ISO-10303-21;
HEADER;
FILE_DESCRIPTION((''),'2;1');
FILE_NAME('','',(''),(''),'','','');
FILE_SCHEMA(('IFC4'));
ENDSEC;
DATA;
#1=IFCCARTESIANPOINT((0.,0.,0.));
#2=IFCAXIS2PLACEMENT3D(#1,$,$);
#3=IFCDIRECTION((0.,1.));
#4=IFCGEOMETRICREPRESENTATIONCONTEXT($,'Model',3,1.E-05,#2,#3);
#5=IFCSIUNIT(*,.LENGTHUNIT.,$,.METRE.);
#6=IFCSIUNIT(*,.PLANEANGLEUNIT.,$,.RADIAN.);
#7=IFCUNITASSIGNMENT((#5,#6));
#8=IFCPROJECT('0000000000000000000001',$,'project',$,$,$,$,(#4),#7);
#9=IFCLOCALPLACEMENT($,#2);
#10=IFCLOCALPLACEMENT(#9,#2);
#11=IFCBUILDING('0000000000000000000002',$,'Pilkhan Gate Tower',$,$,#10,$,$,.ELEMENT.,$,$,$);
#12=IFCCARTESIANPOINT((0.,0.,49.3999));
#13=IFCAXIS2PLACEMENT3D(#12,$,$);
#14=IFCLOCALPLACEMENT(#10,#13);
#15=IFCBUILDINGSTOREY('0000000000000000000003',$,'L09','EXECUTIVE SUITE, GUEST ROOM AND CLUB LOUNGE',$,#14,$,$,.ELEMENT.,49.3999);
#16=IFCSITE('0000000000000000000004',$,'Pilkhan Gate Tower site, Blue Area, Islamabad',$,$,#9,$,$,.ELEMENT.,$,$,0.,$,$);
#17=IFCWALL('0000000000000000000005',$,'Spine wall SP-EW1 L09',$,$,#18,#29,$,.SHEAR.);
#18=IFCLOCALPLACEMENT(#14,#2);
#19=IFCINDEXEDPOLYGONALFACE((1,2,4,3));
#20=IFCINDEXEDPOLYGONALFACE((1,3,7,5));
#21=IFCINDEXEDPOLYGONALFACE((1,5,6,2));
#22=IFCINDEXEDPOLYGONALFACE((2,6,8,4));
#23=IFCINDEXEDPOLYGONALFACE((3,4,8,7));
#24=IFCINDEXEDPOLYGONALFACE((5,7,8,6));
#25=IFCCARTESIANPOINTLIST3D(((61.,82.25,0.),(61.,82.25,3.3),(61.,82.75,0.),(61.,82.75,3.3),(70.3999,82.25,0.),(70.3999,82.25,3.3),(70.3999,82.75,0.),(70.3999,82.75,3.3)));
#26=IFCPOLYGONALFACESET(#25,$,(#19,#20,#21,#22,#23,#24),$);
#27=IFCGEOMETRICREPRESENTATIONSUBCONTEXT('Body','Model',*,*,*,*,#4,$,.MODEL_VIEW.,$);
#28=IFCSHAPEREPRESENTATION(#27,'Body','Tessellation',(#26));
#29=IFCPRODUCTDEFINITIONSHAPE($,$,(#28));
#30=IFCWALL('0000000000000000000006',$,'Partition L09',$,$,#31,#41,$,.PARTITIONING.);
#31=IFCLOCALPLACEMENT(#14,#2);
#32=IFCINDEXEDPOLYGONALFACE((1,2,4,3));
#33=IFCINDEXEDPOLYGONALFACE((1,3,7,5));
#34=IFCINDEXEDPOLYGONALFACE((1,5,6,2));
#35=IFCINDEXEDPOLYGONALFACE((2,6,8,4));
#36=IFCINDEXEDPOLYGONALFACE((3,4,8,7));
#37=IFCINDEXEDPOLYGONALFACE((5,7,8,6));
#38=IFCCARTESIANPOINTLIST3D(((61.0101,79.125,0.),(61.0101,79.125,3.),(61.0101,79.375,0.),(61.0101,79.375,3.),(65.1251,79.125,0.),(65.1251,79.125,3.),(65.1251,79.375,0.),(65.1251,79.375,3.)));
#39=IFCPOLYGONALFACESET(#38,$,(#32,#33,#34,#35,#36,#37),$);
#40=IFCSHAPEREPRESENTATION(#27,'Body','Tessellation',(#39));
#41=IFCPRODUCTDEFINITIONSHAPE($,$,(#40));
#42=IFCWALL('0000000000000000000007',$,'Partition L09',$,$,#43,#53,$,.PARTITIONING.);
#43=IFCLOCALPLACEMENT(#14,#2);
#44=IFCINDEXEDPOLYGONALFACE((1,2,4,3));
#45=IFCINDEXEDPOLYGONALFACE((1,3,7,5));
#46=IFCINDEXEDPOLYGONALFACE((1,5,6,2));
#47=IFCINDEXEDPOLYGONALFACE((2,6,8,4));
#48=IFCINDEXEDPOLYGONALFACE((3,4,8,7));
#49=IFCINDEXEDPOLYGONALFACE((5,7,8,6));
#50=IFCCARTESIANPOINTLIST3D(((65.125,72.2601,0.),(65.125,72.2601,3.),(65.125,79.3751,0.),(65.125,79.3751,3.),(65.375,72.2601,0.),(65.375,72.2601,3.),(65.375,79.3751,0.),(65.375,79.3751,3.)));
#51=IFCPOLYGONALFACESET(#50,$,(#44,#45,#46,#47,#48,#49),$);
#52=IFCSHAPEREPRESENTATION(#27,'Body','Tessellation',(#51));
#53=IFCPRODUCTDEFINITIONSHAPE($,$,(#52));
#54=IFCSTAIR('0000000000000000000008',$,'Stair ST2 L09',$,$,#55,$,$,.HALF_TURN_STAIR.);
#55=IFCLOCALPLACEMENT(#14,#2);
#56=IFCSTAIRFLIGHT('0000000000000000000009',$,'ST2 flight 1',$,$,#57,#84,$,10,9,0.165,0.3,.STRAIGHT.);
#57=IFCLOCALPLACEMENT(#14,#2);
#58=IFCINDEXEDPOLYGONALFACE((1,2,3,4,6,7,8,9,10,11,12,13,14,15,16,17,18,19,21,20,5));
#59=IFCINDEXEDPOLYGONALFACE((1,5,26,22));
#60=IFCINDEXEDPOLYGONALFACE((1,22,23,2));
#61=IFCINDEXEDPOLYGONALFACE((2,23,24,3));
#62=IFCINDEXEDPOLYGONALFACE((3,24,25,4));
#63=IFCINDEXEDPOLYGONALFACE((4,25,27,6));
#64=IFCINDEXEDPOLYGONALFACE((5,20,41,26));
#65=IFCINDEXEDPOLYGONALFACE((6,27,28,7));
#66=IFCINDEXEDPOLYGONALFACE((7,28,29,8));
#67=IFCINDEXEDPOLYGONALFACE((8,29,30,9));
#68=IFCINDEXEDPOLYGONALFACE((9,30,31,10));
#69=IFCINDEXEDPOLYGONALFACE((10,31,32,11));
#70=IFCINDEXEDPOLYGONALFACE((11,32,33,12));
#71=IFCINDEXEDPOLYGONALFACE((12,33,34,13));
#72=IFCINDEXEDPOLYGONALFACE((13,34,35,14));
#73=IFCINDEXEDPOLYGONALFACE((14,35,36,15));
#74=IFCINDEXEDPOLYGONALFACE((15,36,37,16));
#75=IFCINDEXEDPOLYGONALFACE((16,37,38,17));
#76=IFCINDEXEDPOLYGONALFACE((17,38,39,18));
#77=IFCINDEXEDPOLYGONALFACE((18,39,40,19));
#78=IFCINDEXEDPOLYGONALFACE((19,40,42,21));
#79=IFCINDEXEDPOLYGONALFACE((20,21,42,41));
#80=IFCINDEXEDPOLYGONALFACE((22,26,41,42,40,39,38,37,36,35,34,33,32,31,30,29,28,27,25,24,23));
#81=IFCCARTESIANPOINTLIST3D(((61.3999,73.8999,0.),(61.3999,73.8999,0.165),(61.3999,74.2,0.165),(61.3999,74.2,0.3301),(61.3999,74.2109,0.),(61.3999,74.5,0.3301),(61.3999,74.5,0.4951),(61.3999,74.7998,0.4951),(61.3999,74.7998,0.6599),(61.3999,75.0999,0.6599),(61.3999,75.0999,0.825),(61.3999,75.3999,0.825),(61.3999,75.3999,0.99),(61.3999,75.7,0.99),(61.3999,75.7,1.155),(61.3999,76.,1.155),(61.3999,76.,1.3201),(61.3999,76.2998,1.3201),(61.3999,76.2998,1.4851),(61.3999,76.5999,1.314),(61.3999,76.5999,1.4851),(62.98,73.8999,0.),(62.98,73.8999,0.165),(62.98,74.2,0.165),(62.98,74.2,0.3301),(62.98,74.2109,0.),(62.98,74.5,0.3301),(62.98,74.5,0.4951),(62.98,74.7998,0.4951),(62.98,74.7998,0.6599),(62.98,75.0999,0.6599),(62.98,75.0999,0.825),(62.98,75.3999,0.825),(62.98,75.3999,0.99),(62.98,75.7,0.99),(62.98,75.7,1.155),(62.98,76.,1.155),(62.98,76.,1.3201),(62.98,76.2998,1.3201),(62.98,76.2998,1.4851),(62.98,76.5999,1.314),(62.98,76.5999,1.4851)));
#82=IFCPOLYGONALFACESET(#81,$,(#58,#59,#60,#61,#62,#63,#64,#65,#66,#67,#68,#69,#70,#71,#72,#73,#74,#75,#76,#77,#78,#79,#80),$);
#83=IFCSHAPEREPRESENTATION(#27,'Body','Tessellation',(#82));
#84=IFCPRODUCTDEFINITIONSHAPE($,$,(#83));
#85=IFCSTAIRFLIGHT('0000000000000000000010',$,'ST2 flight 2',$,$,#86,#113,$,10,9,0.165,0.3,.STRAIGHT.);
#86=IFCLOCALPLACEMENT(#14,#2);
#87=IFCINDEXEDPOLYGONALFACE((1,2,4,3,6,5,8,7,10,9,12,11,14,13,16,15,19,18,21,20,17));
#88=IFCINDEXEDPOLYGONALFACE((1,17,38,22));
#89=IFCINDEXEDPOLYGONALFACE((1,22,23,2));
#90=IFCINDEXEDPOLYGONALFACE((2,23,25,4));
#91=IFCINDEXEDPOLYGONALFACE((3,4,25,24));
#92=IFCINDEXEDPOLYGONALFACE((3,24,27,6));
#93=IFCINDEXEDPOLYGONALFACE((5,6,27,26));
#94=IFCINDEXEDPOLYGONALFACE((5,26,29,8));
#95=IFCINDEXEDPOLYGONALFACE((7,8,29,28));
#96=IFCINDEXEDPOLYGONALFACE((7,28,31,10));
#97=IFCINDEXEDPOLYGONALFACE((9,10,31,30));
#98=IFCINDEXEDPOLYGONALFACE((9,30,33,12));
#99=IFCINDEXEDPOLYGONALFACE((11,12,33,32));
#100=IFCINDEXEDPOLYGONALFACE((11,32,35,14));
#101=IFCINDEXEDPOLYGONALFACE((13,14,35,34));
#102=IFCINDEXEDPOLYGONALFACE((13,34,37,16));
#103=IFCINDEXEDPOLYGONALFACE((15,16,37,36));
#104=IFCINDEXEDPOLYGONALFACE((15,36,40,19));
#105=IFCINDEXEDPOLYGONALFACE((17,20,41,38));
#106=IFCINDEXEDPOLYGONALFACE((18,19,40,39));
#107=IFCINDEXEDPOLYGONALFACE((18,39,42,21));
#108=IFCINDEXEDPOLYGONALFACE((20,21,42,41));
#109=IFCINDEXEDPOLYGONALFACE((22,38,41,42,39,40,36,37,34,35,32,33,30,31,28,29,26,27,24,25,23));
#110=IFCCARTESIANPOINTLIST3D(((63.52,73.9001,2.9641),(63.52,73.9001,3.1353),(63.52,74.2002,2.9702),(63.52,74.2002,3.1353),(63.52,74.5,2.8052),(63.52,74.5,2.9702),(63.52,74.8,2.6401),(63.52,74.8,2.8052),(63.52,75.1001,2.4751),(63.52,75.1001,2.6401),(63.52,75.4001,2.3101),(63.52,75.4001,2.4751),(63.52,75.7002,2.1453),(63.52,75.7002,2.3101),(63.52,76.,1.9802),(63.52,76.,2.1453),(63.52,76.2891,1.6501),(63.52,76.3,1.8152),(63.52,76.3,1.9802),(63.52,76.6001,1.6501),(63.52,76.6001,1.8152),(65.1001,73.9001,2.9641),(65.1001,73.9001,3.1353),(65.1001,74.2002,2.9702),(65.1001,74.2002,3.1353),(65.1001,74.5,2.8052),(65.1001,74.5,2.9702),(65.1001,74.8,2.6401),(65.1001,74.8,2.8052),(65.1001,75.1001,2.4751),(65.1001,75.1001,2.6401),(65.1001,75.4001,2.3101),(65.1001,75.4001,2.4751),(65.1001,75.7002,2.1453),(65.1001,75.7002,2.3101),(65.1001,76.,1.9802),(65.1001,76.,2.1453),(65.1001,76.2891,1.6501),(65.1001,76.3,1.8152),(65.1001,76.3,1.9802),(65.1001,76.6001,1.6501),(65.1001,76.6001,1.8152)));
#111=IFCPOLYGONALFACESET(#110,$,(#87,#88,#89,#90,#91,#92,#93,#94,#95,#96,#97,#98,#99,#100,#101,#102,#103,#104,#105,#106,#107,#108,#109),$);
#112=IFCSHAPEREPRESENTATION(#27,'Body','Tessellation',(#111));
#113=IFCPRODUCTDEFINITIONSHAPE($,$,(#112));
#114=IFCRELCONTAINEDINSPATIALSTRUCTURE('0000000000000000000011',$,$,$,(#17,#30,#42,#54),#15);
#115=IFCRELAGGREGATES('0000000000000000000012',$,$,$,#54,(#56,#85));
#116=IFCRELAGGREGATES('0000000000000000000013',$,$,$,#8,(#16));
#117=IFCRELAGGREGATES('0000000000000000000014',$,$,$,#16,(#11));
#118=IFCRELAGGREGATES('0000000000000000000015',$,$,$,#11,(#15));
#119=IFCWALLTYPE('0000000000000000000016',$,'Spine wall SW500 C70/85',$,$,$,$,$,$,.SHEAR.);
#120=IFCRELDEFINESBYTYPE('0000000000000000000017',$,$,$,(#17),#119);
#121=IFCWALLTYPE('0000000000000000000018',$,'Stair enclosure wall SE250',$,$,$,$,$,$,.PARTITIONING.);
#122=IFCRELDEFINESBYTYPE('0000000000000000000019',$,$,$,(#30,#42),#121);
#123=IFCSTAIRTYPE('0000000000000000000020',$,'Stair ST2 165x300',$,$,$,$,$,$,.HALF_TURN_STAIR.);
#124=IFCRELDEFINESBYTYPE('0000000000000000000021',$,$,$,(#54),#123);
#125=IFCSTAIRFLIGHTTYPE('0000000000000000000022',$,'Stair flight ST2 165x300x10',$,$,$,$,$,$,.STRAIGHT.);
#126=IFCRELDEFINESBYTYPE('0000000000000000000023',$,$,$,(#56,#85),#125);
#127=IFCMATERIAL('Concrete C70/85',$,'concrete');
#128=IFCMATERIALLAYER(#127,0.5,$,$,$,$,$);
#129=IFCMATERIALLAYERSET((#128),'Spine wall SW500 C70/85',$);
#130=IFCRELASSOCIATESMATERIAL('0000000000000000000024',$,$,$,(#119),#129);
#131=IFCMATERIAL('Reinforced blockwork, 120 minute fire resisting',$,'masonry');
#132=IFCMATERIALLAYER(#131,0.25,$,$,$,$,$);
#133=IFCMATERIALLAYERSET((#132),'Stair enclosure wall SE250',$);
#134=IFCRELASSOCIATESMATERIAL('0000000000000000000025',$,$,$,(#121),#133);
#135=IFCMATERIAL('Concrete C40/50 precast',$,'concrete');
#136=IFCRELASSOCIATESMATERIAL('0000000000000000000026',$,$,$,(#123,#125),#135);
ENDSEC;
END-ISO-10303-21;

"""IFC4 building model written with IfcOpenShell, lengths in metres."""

from ifc_helpers import new_model, si_unit, direction, frame, frame_2d, origin, place, context, subcontext, project, spatial, polyline, rectangle, outline, extrude, material, layer, layer_set, type_object, element, aggregate, save


model = new_model("IFC4")

# Units and contexts
model_context = context("Model", 3, precision=1e-05, world=origin(), true_north=direction((0.0, 1.0)))
body_context = subcontext(model_context, "Body", "Model", "MODEL_VIEW")
ifc_project = project(units=[si_unit("LENGTHUNIT", "METRE"), si_unit("PLANEANGLEUNIT", "RADIAN")], contexts=[model_context])

# Site, building, storey
site_placement = place(None, origin())
site = spatial("IfcSite", under=ifc_project, at=site_placement, Name="Pilkhan Gate Tower site, Blue Area, Islamabad", CompositionType="ELEMENT", RefElevation=0.0)
building_placement = place(site_placement, origin())
building = spatial("IfcBuilding", under=site, at=building_placement, Name="Pilkhan Gate Tower", CompositionType="ELEMENT")
storey_placement = place(building_placement, frame((0.0, 0.0, 49.3999)))
storey = spatial("IfcBuildingStorey", under=building, at=storey_placement, Name="L09", Description="EXECUTIVE SUITE, GUEST ROOM AND CLUB LOUNGE", CompositionType="ELEMENT", Elevation=49.3999)

# Shared definitions
ifc_material_1 = material(Name="Concrete C70/85", Category="concrete")

# Walls
ifc_layer_1 = layer(ifc_material_1, 0.5)
ifc_layer_set_1 = layer_set([ifc_layer_1], Name="Spine wall SW500 C70/85")
wall_type_1 = type_object("IfcWallType", Name="Spine wall SW500 C70/85", PredefinedType="SHEAR", material=ifc_layer_set_1)
wall_1_placement = place(storey_placement, frame((61.0, 82.5, 0.0), z_axis=(0.0, 0.0, 1.0), x_axis=(1.0, 0.0, 0.0)))
element("IfcWall", 1, at=wall_1_placement, inside=storey, type_object=wall_type_1, Name="Spine wall SP-EW1 L09", PredefinedType="SHEAR", context=body_context, shape_type="SweptSolid", body=[
    extrude(rectangle(XDim=9.3999, YDim=0.5, at=frame_2d((4.7, 0.0))), origin(), (0.0, 0.0, 1.0), 3.3),
])
ifc_material_2 = material(Name="Reinforced blockwork, 120 minute fire resisting", Category="masonry")
ifc_layer_2 = layer(ifc_material_2, 0.25)
ifc_layer_set_2 = layer_set([ifc_layer_2], Name="Stair enclosure wall SE250")
wall_type_2 = type_object("IfcWallType", Name="Stair enclosure wall SE250", PredefinedType="PARTITIONING", material=ifc_layer_set_2)
wall_2_placement = place(storey_placement, frame((61.01, 79.25, 0.0), z_axis=(0.0, 0.0, 1.0), x_axis=(1.0, 0.0, 0.0)))
element("IfcWall", 2, at=wall_2_placement, inside=storey, type_object=wall_type_2, Name="Partition L09", PredefinedType="PARTITIONING", context=body_context, shape_type="SweptSolid", body=[
    extrude(rectangle(XDim=4.115, YDim=0.25, at=frame_2d((2.0576, 0.0))), origin(), (0.0, 0.0, 1.0), 3.0),
])
wall_3_placement = place(storey_placement, frame((65.25, 72.26, 0.0), z_axis=(0.0, 0.0, 1.0), x_axis=(0.0, 1.0, 0.0)))
element("IfcWall", 3, at=wall_3_placement, inside=storey, type_object=wall_type_2, Name="Partition L09", PredefinedType="PARTITIONING", context=body_context, shape_type="SweptSolid", body=[
    extrude(rectangle(XDim=7.115, YDim=0.25, at=frame_2d((3.5576, 0.0))), origin(), (0.0, 0.0, 1.0), 3.0),
])

# Stair, stair flights
ifc_material_3 = material(Name="Concrete C40/50 precast", Category="concrete")
stair_type = type_object("IfcStairType", Name="Stair ST2 165x300", PredefinedType="HALF_TURN_STAIR", material=ifc_material_3)
stair_placement = place(storey_placement, origin())
stair = element("IfcStair", 4, at=stair_placement, inside=storey, type_object=stair_type, Name="Stair ST2 L09", PredefinedType="HALF_TURN_STAIR")
stair_flight_type = type_object("IfcStairFlightType", Name="Stair flight ST2 165x300x10", PredefinedType="STRAIGHT", material=ifc_material_3)
stair_flight_1_placement = place(storey_placement, frame((62.1899, 73.8999, 0.0), z_axis=(0.0, 0.0, 1.0), x_axis=(0.0, 1.0, 0.0)))
stair_flight_1 = element("IfcStairFlight", 5, at=stair_flight_1_placement, type_object=stair_flight_type, Name="ST2 flight 1", NumberOfRisers=10, NumberOfTreads=9, PredefinedType="STRAIGHT", RiserHeight=0.165, TreadLength=0.3, context=body_context, shape_type="SweptSolid", body=[
    extrude(outline(polyline([(0.0, 0.0), (0.0, 0.165), (0.3, 0.165), (0.3, 0.3301), (0.6001, 0.3301), (0.6001, 0.4951), (0.8999, 0.4951), (0.8999, 0.6599), (1.2, 0.6599), (1.2, 0.825), (1.5, 0.825), (1.5, 0.99), (1.8, 0.99), (1.8, 1.155), (2.1001, 1.155), (2.1001, 1.3201), (2.3999, 1.3201), (2.3999, 1.4851), (2.7, 1.4851), (2.7, 1.6499), (2.7, 1.314), (0.311, 0.0), (0.0, 0.0)])), frame((0.0, 0.79, 0.0), z_axis=(0.0, -1.0, 0.0), x_axis=(1.0, 0.0, 0.0)), (0.0, 0.0, 1.0), 1.5801),
])
stair_flight_2_placement = place(storey_placement, frame((64.3101, 76.6001, 1.6501), z_axis=(0.0, 0.0, 1.0), x_axis=(0.0, -1.0, 0.0)))
stair_flight_2 = element("IfcStairFlight", 6, at=stair_flight_2_placement, type_object=stair_flight_type, Name="ST2 flight 2", NumberOfRisers=10, NumberOfTreads=9, PredefinedType="STRAIGHT", RiserHeight=0.165, TreadLength=0.3, context=body_context, shape_type="SweptSolid", body=[
    extrude(outline(polyline([(0.0, 0.0), (0.0, 0.165), (0.3, 0.165), (0.3, 0.3301), (0.6001, 0.3301), (0.6001, 0.4951), (0.8999, 0.4951), (0.8999, 0.6599), (1.2, 0.6599), (1.2, 0.825), (1.5, 0.825), (1.5, 0.99), (1.8, 0.99), (1.8, 1.155), (2.1001, 1.155), (2.1001, 1.3201), (2.3999, 1.3201), (2.3999, 1.4851), (2.7, 1.4851), (2.7, 1.6499), (2.7, 1.314), (0.311, 0.0), (0.0, 0.0)])), frame((0.0, 0.79, 0.0), z_axis=(0.0, -1.0, 0.0), x_axis=(1.0, 0.0, 0.0)), (0.0, 0.0, 1.0), 1.5801),
])
aggregate(stair, [stair_flight_1, stair_flight_2])

save(model, "model.ifc")
